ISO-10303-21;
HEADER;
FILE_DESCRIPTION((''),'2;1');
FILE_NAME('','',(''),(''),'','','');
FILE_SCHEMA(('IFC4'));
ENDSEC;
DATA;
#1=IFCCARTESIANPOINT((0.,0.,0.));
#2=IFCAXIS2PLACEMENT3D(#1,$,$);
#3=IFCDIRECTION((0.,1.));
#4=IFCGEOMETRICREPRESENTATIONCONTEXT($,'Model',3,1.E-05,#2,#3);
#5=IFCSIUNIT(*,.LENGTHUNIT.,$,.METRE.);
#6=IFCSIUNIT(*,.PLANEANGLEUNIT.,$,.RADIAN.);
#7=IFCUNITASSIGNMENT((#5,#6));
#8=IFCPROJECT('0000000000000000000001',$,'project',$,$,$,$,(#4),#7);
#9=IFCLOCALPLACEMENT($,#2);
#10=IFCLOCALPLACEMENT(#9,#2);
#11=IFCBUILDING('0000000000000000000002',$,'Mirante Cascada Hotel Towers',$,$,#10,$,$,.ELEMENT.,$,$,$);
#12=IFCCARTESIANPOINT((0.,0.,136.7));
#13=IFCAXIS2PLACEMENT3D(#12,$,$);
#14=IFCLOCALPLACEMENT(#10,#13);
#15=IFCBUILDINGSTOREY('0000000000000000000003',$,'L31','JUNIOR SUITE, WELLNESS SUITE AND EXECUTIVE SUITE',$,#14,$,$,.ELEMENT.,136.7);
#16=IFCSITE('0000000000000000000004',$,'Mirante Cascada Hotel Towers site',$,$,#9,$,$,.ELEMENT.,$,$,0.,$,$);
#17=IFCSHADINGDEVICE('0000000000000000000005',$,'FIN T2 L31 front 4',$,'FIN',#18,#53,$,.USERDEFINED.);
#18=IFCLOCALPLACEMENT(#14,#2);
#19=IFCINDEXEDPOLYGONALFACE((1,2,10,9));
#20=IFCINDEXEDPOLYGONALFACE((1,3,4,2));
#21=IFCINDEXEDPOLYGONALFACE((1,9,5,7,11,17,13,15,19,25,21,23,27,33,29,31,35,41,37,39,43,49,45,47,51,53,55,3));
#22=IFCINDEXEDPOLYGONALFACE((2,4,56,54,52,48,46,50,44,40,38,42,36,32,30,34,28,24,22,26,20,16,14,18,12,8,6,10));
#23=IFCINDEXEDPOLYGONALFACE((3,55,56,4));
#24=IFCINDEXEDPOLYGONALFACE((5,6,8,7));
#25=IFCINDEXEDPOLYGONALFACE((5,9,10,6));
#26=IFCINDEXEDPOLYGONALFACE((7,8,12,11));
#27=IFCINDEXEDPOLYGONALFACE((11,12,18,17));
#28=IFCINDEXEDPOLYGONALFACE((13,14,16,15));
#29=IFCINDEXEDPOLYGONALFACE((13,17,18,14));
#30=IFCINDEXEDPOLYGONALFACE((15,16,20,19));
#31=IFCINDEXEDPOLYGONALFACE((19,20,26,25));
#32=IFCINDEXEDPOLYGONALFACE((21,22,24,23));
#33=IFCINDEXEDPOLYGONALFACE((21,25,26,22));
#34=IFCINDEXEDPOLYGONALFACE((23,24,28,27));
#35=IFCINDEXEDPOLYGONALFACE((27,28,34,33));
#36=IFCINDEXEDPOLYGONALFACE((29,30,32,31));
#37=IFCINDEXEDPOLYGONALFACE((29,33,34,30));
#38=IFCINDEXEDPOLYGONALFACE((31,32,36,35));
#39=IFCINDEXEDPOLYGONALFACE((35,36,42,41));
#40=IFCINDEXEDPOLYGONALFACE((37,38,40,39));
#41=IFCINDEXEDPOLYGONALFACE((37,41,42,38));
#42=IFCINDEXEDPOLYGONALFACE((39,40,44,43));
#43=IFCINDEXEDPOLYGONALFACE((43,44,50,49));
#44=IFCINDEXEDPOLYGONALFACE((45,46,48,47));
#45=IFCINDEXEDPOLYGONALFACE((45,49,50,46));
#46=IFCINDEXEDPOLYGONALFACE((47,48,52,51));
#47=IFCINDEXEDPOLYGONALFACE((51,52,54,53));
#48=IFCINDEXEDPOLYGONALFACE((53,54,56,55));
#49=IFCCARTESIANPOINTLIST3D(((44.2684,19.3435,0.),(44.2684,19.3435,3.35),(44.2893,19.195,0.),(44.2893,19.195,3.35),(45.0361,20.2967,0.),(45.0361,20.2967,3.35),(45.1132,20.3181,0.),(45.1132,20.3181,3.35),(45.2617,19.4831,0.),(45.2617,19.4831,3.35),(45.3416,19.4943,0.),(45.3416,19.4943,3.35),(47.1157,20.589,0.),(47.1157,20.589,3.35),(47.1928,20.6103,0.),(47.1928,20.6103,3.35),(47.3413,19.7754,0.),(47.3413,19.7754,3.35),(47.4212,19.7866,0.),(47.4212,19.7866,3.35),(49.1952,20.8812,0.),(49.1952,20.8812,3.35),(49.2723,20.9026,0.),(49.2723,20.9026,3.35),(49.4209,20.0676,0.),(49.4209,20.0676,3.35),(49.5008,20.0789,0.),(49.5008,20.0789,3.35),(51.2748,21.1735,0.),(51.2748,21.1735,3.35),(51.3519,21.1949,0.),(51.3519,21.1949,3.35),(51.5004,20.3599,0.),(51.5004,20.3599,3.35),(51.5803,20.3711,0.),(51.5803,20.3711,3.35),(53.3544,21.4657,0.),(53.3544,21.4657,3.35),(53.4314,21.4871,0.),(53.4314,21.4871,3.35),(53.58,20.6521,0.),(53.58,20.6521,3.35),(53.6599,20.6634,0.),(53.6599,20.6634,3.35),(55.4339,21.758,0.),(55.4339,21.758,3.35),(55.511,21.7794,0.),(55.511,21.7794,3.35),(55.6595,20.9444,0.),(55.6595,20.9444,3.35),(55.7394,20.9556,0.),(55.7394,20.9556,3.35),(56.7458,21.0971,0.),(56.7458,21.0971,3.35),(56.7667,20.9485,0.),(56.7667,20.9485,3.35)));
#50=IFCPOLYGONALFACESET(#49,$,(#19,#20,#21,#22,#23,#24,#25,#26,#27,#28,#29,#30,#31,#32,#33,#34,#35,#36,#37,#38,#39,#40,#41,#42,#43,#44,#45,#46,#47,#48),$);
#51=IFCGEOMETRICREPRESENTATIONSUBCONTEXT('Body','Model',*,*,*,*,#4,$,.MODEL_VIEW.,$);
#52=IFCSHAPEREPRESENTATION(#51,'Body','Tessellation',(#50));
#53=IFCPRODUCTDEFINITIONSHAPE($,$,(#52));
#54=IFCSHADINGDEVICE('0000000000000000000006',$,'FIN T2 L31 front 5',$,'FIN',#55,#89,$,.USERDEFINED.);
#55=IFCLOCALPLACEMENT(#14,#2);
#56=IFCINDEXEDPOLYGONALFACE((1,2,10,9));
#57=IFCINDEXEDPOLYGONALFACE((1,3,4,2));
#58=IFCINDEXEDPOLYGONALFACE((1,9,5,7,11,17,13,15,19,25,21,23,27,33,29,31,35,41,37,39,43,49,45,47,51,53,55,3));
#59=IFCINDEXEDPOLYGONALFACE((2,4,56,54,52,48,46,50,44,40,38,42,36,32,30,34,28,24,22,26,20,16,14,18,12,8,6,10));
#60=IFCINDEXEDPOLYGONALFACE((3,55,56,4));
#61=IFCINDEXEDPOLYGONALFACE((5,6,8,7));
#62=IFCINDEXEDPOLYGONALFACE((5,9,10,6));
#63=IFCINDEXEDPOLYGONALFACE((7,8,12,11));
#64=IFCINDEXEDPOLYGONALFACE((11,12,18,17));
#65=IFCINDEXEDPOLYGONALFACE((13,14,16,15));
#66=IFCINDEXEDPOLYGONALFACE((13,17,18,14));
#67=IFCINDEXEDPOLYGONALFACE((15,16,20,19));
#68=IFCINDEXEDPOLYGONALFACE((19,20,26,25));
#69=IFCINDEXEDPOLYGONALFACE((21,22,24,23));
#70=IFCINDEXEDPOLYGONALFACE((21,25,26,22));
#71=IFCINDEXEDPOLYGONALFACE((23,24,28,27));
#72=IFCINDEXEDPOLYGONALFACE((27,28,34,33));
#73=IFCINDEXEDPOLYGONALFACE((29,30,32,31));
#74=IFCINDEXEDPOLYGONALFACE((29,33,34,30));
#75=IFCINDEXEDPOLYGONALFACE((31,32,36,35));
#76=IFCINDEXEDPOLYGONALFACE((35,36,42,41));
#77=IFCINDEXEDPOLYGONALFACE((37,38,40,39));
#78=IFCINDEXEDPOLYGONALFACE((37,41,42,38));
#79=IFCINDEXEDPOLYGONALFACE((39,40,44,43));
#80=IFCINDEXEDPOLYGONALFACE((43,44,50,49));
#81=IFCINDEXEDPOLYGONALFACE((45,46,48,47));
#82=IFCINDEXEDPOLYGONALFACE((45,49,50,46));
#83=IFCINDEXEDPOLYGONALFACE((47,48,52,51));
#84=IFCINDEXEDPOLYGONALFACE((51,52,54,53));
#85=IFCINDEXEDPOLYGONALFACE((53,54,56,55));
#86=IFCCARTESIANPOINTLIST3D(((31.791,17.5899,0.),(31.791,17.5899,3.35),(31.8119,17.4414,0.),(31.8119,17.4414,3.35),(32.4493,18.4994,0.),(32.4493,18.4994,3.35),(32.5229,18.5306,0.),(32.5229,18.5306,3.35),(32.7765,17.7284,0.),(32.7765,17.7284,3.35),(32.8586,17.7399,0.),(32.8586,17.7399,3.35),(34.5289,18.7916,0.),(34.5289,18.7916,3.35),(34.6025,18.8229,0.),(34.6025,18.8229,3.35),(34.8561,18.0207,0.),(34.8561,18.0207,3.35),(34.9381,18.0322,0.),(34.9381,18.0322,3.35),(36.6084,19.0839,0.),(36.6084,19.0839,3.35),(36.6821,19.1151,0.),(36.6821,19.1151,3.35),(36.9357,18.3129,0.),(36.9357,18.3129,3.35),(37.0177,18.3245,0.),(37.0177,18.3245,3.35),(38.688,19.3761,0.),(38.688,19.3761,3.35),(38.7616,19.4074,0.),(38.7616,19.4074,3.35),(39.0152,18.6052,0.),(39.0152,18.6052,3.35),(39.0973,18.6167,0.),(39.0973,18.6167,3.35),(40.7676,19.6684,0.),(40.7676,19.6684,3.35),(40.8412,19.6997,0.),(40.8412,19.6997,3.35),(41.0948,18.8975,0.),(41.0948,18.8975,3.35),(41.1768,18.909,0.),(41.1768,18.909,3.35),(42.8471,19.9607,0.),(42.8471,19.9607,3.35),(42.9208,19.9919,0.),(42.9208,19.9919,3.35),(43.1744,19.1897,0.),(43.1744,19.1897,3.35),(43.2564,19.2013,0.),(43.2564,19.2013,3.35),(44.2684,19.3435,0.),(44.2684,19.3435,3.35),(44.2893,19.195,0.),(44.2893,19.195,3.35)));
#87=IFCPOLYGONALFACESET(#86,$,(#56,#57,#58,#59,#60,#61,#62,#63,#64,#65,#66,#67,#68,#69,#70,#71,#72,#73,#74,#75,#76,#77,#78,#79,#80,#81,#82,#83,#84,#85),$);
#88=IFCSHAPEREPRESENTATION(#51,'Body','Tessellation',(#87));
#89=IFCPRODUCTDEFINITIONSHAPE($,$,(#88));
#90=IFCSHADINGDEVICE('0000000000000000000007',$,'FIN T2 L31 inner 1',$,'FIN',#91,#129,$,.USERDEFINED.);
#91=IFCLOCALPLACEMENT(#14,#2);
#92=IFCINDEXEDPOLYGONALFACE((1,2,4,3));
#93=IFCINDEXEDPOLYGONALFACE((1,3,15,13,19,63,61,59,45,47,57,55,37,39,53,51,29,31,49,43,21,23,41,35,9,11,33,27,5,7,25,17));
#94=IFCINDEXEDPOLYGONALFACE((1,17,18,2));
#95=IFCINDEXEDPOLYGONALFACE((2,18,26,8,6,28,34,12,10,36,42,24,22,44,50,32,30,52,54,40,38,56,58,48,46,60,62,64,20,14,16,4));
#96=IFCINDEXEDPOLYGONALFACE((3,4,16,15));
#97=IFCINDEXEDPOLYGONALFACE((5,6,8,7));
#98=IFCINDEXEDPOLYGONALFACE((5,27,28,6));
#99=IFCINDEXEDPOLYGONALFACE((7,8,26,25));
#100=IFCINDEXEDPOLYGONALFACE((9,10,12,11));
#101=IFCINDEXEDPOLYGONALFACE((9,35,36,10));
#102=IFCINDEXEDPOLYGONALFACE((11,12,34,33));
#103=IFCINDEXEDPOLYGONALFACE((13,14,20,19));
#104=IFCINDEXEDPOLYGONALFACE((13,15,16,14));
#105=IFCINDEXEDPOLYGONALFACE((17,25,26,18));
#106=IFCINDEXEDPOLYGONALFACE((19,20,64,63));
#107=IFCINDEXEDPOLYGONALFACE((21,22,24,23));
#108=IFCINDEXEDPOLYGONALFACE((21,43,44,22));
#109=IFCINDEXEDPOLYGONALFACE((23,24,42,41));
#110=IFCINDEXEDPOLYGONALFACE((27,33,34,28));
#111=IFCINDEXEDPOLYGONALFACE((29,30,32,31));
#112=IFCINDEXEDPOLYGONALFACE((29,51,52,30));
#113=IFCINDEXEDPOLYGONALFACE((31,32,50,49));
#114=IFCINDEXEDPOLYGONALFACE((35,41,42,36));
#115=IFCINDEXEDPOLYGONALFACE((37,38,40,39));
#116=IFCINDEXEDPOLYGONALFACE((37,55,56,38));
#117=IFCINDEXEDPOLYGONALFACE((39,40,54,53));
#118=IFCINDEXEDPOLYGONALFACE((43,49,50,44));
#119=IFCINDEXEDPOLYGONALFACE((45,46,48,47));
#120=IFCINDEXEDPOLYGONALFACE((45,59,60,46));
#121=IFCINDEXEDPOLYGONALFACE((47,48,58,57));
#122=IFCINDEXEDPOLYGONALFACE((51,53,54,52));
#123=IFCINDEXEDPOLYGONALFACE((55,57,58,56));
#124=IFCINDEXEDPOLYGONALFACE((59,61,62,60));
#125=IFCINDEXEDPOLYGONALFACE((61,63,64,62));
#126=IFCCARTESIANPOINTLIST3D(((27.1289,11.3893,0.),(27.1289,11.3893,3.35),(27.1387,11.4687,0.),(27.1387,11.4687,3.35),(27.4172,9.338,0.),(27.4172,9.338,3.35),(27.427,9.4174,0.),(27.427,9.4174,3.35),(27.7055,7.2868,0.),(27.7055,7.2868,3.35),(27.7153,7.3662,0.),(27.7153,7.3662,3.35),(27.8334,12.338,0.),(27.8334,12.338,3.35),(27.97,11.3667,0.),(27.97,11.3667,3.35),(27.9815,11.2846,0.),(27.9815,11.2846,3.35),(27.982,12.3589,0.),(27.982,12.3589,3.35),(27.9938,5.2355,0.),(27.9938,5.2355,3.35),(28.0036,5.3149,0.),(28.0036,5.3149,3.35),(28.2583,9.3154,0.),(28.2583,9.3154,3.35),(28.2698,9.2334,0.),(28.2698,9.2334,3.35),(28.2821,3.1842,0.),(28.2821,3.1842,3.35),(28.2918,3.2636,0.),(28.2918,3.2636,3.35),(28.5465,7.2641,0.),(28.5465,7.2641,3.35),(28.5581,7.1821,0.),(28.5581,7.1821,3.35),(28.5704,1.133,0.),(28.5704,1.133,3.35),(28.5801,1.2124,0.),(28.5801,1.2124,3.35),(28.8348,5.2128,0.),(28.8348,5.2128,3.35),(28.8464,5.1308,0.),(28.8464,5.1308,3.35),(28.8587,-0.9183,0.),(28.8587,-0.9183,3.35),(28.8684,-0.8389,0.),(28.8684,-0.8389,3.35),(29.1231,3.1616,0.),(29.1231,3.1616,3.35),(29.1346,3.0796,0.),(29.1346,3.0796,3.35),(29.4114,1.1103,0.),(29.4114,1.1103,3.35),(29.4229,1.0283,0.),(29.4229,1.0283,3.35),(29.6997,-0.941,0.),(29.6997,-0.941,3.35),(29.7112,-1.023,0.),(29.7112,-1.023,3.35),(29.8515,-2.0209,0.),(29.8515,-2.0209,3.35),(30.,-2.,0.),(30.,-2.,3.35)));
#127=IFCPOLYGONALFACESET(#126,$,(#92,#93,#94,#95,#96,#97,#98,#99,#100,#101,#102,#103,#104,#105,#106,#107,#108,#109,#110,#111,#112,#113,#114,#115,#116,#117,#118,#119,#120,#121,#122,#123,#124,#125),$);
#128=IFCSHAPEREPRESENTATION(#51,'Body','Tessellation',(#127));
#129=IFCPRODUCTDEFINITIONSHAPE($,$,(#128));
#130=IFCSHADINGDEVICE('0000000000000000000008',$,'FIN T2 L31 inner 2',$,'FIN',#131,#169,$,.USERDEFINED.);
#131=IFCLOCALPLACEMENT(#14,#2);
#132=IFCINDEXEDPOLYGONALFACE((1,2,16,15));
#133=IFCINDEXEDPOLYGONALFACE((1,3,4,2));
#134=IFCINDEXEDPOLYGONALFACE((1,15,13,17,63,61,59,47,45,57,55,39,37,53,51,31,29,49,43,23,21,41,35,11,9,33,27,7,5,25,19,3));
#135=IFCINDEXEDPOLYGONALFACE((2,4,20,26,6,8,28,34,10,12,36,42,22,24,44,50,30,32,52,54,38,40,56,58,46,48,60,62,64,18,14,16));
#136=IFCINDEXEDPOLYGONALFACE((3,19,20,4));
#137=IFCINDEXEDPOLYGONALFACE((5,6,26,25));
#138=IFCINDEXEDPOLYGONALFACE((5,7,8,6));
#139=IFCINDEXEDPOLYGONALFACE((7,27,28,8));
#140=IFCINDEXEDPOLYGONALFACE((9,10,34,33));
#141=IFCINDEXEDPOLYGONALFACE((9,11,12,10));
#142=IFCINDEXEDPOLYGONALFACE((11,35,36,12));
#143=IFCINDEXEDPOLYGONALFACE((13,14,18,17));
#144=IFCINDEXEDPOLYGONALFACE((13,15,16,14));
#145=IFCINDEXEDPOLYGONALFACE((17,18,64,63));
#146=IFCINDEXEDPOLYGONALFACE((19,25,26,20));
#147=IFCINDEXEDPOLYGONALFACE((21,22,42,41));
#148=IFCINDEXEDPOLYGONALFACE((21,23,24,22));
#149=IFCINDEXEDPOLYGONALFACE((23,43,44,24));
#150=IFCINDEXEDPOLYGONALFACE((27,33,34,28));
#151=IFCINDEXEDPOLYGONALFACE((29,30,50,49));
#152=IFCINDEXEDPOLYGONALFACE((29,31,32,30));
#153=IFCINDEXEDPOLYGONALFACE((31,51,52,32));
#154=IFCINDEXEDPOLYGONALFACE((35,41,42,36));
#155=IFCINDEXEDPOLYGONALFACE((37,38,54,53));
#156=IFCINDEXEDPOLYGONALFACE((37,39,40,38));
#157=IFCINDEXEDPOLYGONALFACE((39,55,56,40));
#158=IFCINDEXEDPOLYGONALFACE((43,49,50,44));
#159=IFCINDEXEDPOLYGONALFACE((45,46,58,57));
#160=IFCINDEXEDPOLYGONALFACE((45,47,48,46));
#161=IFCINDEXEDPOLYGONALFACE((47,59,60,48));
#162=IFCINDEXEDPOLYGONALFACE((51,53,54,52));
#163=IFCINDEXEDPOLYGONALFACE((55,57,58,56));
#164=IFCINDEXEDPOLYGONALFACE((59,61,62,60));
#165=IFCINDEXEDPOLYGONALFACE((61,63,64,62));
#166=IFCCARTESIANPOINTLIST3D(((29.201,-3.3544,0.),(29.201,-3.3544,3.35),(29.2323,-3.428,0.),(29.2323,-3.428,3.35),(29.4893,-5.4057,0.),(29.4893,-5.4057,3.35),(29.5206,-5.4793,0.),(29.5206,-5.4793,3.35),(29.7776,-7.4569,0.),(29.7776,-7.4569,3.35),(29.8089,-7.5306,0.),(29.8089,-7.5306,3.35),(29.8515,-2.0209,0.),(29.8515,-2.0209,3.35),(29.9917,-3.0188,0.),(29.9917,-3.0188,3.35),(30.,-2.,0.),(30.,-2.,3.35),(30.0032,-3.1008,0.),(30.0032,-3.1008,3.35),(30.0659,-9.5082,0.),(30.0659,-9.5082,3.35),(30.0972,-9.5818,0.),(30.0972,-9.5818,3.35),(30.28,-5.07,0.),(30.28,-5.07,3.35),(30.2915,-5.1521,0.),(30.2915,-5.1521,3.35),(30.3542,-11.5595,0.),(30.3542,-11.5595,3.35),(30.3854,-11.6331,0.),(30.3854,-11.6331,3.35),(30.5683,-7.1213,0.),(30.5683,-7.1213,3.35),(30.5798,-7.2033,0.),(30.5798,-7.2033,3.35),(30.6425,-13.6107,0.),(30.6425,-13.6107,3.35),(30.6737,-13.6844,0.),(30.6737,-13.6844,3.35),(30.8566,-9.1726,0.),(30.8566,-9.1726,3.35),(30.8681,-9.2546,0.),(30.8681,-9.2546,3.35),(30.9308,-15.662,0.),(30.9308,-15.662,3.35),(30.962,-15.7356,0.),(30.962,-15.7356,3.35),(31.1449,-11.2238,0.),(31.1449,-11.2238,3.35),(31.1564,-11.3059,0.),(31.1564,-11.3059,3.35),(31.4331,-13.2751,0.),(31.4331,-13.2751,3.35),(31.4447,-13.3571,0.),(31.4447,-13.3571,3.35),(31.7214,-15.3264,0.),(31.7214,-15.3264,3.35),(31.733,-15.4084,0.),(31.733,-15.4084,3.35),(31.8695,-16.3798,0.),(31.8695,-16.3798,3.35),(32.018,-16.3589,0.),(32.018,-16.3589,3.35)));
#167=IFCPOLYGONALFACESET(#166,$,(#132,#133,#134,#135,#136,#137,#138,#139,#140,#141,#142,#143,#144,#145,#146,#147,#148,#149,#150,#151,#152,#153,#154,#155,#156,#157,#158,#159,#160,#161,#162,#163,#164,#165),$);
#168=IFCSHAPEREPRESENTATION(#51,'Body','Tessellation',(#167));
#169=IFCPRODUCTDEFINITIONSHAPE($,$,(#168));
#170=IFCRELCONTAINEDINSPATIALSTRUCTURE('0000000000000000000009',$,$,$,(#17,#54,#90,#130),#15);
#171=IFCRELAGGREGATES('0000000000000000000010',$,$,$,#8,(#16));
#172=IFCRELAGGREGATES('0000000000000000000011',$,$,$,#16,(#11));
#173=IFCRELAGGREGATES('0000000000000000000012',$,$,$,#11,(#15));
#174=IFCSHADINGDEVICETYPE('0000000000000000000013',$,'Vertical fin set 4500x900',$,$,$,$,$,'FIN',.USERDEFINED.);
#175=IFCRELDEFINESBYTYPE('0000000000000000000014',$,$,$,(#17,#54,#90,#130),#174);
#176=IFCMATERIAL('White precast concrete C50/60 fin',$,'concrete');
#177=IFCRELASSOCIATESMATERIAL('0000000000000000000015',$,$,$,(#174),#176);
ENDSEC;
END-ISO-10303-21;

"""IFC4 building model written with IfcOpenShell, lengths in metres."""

from ifc_helpers import new_model, si_unit, direction, frame, origin, place, context, subcontext, project, spatial, polyline, outline, extrude, material, type_object, element, save


model = new_model("IFC4")

# Units and contexts
model_context = context("Model", 3, precision=1e-05, world=origin(), true_north=direction((0.0, 1.0)))
body_context = subcontext(model_context, "Body", "Model", "MODEL_VIEW")
ifc_project = project(units=[si_unit("LENGTHUNIT", "METRE"), si_unit("PLANEANGLEUNIT", "RADIAN")], contexts=[model_context])

# Site, building, storey
site_placement = place(None, origin())
site = spatial("IfcSite", under=ifc_project, at=site_placement, Name="Mirante Cascada Hotel Towers site", CompositionType="ELEMENT", RefElevation=0.0)
building_placement = place(site_placement, origin())
building = spatial("IfcBuilding", under=site, at=building_placement, Name="Mirante Cascada Hotel Towers", CompositionType="ELEMENT")
storey_placement = place(building_placement, frame((0.0, 0.0, 136.7)))
storey = spatial("IfcBuildingStorey", under=building, at=storey_placement, Name="L31", Description="JUNIOR SUITE, WELLNESS SUITE AND EXECUTIVE SUITE", CompositionType="ELEMENT", Elevation=136.7)

# Shading devices
ifc_material_1 = material(Name="White precast concrete C50/60 fin", Category="concrete")
shading_device_type = type_object("IfcShadingDeviceType", Name="Vertical fin set 4500x900", ElementType="FIN", PredefinedType="USERDEFINED", material=ifc_material_1)
shading_device_1_placement = place(storey_placement, origin())
element("IfcShadingDevice", 1, at=shading_device_1_placement, inside=storey, type_object=shading_device_type, Name="FIN T2 L31 front 4", ObjectType="FIN", PredefinedType="USERDEFINED", context=body_context, shape_type="SweptSolid", body=[
    extrude(outline(polyline([(45.1132, 20.3181), (45.3416, 19.4943), (47.3413, 19.7754), (47.1157, 20.589), (47.1928, 20.6103), (47.4212, 19.7866), (49.4209, 20.0676), (49.1952, 20.8812), (49.2723, 20.9026), (49.5008, 20.0789), (51.5004, 20.3599), (51.2748, 21.1735), (51.3519, 21.1949), (51.5803, 20.3711), (53.58, 20.6521), (53.3544, 21.4657), (53.4314, 21.4871), (53.6599, 20.6634), (55.6595, 20.9444), (55.4339, 21.758), (55.511, 21.7794), (55.7394, 20.9556), (56.7458, 21.0971), (56.7667, 20.9485), (44.2893, 19.195), (44.2684, 19.3435), (45.2617, 19.4831), (45.0361, 20.2967), (45.1132, 20.3181)])), origin(), (0.0, 0.0, 1.0), 3.35),
])
shading_device_2_placement = place(storey_placement, origin())
element("IfcShadingDevice", 2, at=shading_device_2_placement, inside=storey, type_object=shading_device_type, Name="FIN T2 L31 front 5", ObjectType="FIN", PredefinedType="USERDEFINED", context=body_context, shape_type="SweptSolid", body=[
    extrude(outline(polyline([(32.5229, 18.5306), (32.8586, 17.7399), (34.8561, 18.0207), (34.5289, 18.7916), (34.6025, 18.8229), (34.9381, 18.0322), (36.9357, 18.3129), (36.6084, 19.0839), (36.6821, 19.1151), (37.0177, 18.3245), (39.0152, 18.6052), (38.688, 19.3761), (38.7616, 19.4074), (39.0973, 18.6167), (41.0948, 18.8975), (40.7676, 19.6684), (40.8412, 19.6997), (41.1768, 18.909), (43.1744, 19.1897), (42.8471, 19.9607), (42.9208, 19.9919), (43.2564, 19.2013), (44.2684, 19.3435), (44.2893, 19.195), (31.8119, 17.4414), (31.791, 17.5899), (32.7765, 17.7284), (32.4493, 18.4994), (32.5229, 18.5306)])), origin(), (0.0, 0.0, 1.0), 3.35),
])
shading_device_3_placement = place(storey_placement, origin())
element("IfcShadingDevice", 3, at=shading_device_3_placement, inside=storey, type_object=shading_device_type, Name="FIN T2 L31 inner 1", ObjectType="FIN", PredefinedType="USERDEFINED", context=body_context, shape_type="SweptSolid", body=[
    extrude(outline(polyline([(28.8684, -0.8389), (29.6997, -0.941), (29.4229, 1.0283), (28.5704, 1.133), (28.5801, 1.2124), (29.4114, 1.1103), (29.1346, 3.0796), (28.2821, 3.1842), (28.2918, 3.2636), (29.1231, 3.1616), (28.8464, 5.1308), (27.9938, 5.2355), (28.0036, 5.3149), (28.8348, 5.2128), (28.5581, 7.1821), (27.7055, 7.2868), (27.7153, 7.3662), (28.5465, 7.2641), (28.2698, 9.2334), (27.4172, 9.338), (27.427, 9.4174), (28.2583, 9.3154), (27.9815, 11.2846), (27.1289, 11.3893), (27.1387, 11.4687), (27.97, 11.3667), (27.8334, 12.338), (27.982, 12.3589), (30.0, -2.0), (29.8515, -2.0209), (29.7112, -1.023), (28.8587, -0.9183), (28.8684, -0.8389)])), origin(), (0.0, 0.0, 1.0), 3.35),
])
shading_device_4_placement = place(storey_placement, origin())
element("IfcShadingDevice", 4, at=shading_device_4_placement, inside=storey, type_object=shading_device_type, Name="FIN T2 L31 inner 2", ObjectType="FIN", PredefinedType="USERDEFINED", context=body_context, shape_type="SweptSolid", body=[
    extrude(outline(polyline([(30.9308, -15.662), (31.7214, -15.3264), (31.4447, -13.3571), (30.6737, -13.6844), (30.6425, -13.6107), (31.4331, -13.2751), (31.1564, -11.3059), (30.3854, -11.6331), (30.3542, -11.5595), (31.1449, -11.2238), (30.8681, -9.2546), (30.0972, -9.5818), (30.0659, -9.5082), (30.8566, -9.1726), (30.5798, -7.2033), (29.8089, -7.5306), (29.7776, -7.4569), (30.5683, -7.1213), (30.2915, -5.1521), (29.5206, -5.4793), (29.4893, -5.4057), (30.28, -5.07), (30.0032, -3.1008), (29.2323, -3.428), (29.201, -3.3544), (29.9917, -3.0188), (29.8515, -2.0209), (30.0, -2.0), (32.018, -16.3589), (31.8695, -16.3798), (31.733, -15.4084), (30.962, -15.7356), (30.9308, -15.662)])), origin(), (0.0, 0.0, 1.0), 3.35),
])

save(model, "model.ifc")
